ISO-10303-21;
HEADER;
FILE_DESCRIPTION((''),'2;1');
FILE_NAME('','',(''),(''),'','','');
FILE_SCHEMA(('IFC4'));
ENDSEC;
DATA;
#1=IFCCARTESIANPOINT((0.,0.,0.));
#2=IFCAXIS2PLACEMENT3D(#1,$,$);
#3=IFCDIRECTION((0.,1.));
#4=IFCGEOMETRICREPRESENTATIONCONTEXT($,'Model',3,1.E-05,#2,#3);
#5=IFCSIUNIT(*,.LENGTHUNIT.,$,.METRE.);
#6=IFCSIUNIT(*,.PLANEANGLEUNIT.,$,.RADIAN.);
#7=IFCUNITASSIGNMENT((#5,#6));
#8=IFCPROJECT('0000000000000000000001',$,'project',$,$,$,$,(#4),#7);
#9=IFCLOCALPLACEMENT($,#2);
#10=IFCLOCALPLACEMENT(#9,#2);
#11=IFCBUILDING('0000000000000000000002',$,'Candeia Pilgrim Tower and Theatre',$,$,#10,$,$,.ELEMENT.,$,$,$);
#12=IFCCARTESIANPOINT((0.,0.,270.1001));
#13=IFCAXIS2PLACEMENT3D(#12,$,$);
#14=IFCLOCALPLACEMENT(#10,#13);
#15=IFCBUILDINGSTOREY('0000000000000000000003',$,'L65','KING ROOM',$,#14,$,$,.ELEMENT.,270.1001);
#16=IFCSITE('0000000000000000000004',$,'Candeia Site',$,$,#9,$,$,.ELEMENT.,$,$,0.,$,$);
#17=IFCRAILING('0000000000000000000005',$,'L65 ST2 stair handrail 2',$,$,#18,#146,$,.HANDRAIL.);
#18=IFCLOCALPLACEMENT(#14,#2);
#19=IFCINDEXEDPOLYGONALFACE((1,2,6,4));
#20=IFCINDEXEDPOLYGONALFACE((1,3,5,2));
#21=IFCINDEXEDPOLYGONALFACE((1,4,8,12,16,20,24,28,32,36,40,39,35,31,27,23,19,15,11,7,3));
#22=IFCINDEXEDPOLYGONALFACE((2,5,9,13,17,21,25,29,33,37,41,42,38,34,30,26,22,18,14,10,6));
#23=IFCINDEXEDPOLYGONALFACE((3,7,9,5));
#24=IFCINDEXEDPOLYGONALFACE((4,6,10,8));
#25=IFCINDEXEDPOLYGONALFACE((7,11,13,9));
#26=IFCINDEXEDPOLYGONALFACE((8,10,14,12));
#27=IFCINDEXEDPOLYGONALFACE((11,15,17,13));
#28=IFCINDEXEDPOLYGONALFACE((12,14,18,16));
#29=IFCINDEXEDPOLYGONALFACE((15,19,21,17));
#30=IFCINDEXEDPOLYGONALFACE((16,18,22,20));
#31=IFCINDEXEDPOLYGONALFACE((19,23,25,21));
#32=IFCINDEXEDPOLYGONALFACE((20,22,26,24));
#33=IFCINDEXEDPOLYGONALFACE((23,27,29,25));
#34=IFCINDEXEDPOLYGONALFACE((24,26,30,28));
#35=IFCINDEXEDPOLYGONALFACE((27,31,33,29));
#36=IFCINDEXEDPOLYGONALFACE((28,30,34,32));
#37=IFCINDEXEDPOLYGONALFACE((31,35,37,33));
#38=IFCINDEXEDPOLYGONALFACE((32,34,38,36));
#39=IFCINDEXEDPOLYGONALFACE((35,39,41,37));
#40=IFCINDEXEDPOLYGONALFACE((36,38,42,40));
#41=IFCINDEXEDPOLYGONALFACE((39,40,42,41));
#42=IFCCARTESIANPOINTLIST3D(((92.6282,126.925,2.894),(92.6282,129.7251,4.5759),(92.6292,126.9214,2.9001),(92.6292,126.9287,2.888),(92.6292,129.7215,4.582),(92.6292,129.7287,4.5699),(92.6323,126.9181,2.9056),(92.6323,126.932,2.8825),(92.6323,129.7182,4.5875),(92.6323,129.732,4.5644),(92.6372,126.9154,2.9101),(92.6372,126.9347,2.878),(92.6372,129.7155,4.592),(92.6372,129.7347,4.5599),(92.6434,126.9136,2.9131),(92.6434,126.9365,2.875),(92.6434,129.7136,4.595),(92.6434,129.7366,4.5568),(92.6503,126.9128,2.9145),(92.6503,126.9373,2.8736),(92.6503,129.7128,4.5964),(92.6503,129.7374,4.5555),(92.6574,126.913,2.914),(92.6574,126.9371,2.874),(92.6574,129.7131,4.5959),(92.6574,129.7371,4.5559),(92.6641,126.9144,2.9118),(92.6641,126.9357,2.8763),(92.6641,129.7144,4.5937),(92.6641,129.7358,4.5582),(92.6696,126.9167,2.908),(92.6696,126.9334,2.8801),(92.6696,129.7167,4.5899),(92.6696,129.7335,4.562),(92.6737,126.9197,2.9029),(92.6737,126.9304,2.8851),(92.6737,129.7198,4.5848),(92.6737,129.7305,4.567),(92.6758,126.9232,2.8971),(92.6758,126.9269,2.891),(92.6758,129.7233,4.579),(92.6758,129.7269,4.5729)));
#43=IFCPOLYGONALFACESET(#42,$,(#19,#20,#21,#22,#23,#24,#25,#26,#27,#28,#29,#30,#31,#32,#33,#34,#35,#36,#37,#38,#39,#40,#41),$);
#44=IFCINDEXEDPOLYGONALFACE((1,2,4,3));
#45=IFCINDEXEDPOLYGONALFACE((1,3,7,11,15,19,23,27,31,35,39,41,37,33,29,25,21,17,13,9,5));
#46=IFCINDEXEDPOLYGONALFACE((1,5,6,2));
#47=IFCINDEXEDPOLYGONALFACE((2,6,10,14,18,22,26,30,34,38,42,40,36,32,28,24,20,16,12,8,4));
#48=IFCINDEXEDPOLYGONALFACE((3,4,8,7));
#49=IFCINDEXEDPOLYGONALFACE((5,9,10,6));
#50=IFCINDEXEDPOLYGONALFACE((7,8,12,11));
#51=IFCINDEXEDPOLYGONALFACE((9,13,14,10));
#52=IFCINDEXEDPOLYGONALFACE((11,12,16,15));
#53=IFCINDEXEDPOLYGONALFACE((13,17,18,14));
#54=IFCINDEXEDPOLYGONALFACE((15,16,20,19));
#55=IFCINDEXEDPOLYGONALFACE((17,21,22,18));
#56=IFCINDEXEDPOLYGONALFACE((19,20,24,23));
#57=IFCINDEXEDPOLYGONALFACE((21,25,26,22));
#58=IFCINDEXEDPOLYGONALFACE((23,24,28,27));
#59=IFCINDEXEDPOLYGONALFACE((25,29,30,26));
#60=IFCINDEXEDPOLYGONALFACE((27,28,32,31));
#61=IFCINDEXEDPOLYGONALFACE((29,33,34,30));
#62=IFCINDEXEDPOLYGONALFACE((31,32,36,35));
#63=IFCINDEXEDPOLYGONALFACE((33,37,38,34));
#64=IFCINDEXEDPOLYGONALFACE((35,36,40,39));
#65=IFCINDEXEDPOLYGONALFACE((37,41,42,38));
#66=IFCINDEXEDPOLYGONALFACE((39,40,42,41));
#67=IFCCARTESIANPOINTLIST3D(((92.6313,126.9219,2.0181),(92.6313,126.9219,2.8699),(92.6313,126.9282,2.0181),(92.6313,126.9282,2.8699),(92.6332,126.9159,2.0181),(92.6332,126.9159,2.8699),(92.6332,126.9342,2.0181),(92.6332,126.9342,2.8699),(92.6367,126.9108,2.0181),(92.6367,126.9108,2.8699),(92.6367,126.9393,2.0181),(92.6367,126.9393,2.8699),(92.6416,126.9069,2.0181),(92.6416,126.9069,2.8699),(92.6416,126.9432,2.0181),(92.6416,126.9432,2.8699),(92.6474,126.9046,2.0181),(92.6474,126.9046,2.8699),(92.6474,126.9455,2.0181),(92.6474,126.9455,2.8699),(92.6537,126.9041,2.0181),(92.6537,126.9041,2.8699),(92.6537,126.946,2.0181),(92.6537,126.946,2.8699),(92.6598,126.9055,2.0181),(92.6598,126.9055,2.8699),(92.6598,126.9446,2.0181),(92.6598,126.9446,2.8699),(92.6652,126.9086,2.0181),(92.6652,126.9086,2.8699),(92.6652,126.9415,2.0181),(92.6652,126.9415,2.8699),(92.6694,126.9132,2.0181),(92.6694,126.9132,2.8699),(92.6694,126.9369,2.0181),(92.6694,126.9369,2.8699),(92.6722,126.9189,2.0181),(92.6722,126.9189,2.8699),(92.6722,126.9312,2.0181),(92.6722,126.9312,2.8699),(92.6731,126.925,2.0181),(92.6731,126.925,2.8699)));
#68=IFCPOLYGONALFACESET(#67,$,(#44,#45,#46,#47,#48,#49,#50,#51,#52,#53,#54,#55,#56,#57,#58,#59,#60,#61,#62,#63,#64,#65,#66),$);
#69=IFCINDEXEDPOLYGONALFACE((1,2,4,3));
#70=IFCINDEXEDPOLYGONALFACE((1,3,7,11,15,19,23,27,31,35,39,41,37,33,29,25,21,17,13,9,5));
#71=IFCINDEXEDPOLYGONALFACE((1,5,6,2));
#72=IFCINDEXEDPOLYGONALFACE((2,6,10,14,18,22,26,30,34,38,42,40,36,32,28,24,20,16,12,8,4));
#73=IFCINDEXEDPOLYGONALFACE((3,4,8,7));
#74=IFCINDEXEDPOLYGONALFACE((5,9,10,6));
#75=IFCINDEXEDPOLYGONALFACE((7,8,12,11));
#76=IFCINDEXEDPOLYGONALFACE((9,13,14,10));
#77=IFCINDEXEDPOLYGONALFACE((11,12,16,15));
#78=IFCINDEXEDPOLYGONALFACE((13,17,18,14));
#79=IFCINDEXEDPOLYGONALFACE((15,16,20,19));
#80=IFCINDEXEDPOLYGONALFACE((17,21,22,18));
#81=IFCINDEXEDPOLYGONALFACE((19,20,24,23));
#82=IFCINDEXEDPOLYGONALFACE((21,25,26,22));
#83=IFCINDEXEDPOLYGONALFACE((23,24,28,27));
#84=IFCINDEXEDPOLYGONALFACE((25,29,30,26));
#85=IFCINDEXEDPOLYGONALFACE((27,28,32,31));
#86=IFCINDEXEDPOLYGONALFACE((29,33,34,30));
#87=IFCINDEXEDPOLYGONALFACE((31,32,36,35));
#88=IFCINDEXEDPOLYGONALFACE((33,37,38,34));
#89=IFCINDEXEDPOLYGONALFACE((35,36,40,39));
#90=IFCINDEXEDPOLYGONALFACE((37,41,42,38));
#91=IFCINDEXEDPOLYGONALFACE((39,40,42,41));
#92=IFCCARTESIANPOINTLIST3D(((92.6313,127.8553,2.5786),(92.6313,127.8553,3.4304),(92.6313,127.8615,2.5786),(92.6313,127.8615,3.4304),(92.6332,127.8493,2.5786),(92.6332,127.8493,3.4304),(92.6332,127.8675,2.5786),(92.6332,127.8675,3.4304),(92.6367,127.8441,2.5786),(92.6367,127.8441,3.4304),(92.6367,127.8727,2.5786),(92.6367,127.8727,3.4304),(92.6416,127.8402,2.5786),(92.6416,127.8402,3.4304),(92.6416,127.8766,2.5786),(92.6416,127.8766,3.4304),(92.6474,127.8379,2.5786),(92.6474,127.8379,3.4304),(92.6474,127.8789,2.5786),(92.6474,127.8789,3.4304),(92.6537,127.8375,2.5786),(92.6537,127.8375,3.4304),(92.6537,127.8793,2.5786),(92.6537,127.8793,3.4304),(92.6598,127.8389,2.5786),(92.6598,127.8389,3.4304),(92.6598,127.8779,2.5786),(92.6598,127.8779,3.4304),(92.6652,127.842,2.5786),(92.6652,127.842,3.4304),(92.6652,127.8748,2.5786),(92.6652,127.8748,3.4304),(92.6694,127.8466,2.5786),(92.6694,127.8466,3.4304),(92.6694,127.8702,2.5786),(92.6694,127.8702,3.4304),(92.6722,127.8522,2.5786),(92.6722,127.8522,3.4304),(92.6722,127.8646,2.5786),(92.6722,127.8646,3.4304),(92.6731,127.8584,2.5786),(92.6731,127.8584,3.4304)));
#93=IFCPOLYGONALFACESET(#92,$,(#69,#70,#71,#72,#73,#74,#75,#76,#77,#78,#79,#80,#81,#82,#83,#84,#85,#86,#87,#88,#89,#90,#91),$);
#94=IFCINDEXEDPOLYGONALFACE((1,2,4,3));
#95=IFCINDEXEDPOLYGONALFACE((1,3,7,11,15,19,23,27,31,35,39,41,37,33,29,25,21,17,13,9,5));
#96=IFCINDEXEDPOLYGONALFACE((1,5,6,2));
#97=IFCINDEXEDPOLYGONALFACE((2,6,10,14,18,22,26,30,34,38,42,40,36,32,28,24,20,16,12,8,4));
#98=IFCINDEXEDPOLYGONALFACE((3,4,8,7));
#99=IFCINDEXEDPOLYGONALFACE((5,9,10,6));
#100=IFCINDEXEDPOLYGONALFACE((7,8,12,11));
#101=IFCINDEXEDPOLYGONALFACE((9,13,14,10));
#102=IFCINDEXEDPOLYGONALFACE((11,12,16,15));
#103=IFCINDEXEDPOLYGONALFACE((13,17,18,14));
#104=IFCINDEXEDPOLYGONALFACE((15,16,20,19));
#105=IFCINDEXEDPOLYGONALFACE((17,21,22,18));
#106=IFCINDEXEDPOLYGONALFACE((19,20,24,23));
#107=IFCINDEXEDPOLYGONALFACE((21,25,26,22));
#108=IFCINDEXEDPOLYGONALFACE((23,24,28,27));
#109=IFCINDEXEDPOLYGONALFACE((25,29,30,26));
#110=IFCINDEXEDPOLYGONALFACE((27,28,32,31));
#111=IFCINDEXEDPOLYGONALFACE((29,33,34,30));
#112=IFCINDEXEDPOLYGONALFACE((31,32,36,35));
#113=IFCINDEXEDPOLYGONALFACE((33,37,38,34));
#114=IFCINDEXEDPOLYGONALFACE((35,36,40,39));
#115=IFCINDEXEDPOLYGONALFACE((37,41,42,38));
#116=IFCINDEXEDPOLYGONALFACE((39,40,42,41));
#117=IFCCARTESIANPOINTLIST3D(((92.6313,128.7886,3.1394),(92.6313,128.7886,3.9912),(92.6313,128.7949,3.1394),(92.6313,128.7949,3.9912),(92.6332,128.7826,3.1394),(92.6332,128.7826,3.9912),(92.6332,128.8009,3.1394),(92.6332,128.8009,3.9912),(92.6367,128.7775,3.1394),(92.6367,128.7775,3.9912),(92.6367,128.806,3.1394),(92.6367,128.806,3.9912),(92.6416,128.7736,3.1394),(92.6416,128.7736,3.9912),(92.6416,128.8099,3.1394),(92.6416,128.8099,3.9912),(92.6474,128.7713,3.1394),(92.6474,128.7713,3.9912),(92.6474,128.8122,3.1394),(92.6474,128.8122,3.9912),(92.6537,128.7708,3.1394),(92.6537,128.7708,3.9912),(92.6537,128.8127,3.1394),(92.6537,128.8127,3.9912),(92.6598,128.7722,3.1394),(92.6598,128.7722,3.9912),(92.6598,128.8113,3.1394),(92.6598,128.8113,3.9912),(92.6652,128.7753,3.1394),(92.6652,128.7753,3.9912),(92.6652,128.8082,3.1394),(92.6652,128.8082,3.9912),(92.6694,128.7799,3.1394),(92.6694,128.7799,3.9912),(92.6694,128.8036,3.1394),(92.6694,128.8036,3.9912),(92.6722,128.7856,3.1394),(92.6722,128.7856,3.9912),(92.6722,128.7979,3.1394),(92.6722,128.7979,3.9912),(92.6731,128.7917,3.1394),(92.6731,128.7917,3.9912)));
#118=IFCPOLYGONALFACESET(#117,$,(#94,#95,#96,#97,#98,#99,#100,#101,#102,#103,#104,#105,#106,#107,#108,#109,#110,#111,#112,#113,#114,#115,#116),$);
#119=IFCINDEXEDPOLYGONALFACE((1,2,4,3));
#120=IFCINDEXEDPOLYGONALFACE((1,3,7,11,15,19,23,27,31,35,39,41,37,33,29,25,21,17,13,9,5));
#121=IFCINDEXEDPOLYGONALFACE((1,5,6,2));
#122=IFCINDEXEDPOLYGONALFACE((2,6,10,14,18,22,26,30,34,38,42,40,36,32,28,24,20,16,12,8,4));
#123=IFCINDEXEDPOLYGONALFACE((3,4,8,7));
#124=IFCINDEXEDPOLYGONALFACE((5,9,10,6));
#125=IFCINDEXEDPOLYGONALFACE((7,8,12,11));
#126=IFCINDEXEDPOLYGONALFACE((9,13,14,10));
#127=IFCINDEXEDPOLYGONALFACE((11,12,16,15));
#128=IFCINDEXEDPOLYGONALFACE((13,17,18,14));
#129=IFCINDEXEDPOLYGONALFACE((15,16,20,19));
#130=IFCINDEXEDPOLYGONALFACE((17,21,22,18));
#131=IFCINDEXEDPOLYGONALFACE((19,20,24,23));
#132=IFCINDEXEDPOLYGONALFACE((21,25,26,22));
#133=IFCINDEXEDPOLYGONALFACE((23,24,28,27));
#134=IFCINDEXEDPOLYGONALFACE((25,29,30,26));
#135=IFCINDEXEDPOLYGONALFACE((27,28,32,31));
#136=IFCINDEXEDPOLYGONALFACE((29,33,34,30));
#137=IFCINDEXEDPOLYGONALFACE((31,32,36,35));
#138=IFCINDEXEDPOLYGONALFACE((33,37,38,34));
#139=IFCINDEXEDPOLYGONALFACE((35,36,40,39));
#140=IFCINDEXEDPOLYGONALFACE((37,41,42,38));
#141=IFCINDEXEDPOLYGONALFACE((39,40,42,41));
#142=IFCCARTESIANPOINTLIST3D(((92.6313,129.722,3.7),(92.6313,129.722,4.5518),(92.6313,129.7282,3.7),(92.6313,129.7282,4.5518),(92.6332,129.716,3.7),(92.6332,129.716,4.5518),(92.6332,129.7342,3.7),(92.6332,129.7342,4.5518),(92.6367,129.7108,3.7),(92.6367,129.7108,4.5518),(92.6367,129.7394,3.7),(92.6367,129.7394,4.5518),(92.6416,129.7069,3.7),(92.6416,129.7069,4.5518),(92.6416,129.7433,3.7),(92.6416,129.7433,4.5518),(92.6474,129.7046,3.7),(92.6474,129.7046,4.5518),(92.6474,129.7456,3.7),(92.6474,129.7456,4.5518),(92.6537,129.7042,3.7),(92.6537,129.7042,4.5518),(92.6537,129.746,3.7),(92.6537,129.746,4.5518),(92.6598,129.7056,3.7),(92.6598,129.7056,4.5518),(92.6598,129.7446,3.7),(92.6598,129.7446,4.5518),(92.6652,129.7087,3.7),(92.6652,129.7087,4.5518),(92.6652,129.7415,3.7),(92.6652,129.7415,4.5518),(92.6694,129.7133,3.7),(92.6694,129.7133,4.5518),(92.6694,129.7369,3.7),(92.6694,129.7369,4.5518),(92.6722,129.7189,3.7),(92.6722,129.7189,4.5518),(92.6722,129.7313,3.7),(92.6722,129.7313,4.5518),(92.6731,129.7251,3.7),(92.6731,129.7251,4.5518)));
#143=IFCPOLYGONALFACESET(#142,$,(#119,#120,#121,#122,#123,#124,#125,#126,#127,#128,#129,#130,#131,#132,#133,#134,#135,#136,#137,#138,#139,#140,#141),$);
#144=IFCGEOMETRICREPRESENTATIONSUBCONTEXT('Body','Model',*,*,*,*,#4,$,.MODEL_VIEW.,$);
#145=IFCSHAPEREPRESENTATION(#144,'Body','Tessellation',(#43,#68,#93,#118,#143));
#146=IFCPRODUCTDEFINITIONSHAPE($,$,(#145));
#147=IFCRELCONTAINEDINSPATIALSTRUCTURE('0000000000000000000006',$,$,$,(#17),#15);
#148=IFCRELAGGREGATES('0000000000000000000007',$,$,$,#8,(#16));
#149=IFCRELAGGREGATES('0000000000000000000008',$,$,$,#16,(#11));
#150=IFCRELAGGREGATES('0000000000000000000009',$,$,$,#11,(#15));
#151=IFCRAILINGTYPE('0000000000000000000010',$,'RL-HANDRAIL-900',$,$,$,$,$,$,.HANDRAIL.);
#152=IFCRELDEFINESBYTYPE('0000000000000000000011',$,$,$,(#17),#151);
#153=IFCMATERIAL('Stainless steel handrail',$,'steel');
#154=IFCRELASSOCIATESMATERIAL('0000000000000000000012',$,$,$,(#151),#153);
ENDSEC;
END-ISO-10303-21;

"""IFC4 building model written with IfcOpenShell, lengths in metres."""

from ifc_helpers import new_model, si_unit, direction, frame, origin, origin_2d, place, context, subcontext, project, spatial, circle, extrude, material, type_object, element, save


model = new_model("IFC4")

# Units and contexts
model_context = context("Model", 3, precision=1e-05, world=origin(), true_north=direction((0.0, 1.0)))
body_context = subcontext(model_context, "Body", "Model", "MODEL_VIEW")
ifc_project = project(units=[si_unit("LENGTHUNIT", "METRE"), si_unit("PLANEANGLEUNIT", "RADIAN")], contexts=[model_context])

# Site, building, storey
site_placement = place(None, origin())
site = spatial("IfcSite", under=ifc_project, at=site_placement, Name="Candeia Site", CompositionType="ELEMENT", RefElevation=0.0)
building_placement = place(site_placement, origin())
building = spatial("IfcBuilding", under=site, at=building_placement, Name="Candeia Pilgrim Tower and Theatre", CompositionType="ELEMENT")
storey_placement = place(building_placement, frame((0.0, 0.0, 270.1001)))
storey = spatial("IfcBuildingStorey", under=building, at=storey_placement, Name="L65", Description="KING ROOM", CompositionType="ELEMENT", Elevation=270.1001)

# Railing
ifc_material_1 = material(Name="Stainless steel handrail", Category="steel")
railing_type_1 = type_object("IfcRailingType", Name="RL-HANDRAIL-900", PredefinedType="HANDRAIL", material=ifc_material_1)
railing_1_placement = place(storey_placement, frame((92.6521, 126.925, 2.0181)))
element("IfcRailing", 1, at=railing_1_placement, inside=storey, type_object=railing_type_1, Name="L65 ST2 stair handrail 2", PredefinedType="HANDRAIL", context=body_context, shape_type="SweptSolid", body=[
    extrude(circle(Radius=0.0239, at=origin_2d()), frame((0.0, 0.0, 0.876), z_axis=(0.0, 0.857242, 0.514913), x_axis=(-1.0, 0.0, 0.0)), (0.0, 0.0, 1.0), 3.2664),
    extrude(circle(Radius=0.021, at=origin_2d()), origin(), (0.0, 0.0, 1.0), 0.8518),
    extrude(circle(Radius=0.021, at=origin_2d()), frame((0.0, 0.9333, 0.5605)), (0.0, 0.0, 1.0), 0.8518),
    extrude(circle(Radius=0.021, at=origin_2d()), frame((0.0, 1.8667, 1.1213)), (0.0, 0.0, 1.0), 0.8518),
    extrude(circle(Radius=0.021, at=origin_2d()), frame((0.0, 2.8, 1.6819)), (0.0, 0.0, 1.0), 0.8518),
])

save(model, "model.ifc")
